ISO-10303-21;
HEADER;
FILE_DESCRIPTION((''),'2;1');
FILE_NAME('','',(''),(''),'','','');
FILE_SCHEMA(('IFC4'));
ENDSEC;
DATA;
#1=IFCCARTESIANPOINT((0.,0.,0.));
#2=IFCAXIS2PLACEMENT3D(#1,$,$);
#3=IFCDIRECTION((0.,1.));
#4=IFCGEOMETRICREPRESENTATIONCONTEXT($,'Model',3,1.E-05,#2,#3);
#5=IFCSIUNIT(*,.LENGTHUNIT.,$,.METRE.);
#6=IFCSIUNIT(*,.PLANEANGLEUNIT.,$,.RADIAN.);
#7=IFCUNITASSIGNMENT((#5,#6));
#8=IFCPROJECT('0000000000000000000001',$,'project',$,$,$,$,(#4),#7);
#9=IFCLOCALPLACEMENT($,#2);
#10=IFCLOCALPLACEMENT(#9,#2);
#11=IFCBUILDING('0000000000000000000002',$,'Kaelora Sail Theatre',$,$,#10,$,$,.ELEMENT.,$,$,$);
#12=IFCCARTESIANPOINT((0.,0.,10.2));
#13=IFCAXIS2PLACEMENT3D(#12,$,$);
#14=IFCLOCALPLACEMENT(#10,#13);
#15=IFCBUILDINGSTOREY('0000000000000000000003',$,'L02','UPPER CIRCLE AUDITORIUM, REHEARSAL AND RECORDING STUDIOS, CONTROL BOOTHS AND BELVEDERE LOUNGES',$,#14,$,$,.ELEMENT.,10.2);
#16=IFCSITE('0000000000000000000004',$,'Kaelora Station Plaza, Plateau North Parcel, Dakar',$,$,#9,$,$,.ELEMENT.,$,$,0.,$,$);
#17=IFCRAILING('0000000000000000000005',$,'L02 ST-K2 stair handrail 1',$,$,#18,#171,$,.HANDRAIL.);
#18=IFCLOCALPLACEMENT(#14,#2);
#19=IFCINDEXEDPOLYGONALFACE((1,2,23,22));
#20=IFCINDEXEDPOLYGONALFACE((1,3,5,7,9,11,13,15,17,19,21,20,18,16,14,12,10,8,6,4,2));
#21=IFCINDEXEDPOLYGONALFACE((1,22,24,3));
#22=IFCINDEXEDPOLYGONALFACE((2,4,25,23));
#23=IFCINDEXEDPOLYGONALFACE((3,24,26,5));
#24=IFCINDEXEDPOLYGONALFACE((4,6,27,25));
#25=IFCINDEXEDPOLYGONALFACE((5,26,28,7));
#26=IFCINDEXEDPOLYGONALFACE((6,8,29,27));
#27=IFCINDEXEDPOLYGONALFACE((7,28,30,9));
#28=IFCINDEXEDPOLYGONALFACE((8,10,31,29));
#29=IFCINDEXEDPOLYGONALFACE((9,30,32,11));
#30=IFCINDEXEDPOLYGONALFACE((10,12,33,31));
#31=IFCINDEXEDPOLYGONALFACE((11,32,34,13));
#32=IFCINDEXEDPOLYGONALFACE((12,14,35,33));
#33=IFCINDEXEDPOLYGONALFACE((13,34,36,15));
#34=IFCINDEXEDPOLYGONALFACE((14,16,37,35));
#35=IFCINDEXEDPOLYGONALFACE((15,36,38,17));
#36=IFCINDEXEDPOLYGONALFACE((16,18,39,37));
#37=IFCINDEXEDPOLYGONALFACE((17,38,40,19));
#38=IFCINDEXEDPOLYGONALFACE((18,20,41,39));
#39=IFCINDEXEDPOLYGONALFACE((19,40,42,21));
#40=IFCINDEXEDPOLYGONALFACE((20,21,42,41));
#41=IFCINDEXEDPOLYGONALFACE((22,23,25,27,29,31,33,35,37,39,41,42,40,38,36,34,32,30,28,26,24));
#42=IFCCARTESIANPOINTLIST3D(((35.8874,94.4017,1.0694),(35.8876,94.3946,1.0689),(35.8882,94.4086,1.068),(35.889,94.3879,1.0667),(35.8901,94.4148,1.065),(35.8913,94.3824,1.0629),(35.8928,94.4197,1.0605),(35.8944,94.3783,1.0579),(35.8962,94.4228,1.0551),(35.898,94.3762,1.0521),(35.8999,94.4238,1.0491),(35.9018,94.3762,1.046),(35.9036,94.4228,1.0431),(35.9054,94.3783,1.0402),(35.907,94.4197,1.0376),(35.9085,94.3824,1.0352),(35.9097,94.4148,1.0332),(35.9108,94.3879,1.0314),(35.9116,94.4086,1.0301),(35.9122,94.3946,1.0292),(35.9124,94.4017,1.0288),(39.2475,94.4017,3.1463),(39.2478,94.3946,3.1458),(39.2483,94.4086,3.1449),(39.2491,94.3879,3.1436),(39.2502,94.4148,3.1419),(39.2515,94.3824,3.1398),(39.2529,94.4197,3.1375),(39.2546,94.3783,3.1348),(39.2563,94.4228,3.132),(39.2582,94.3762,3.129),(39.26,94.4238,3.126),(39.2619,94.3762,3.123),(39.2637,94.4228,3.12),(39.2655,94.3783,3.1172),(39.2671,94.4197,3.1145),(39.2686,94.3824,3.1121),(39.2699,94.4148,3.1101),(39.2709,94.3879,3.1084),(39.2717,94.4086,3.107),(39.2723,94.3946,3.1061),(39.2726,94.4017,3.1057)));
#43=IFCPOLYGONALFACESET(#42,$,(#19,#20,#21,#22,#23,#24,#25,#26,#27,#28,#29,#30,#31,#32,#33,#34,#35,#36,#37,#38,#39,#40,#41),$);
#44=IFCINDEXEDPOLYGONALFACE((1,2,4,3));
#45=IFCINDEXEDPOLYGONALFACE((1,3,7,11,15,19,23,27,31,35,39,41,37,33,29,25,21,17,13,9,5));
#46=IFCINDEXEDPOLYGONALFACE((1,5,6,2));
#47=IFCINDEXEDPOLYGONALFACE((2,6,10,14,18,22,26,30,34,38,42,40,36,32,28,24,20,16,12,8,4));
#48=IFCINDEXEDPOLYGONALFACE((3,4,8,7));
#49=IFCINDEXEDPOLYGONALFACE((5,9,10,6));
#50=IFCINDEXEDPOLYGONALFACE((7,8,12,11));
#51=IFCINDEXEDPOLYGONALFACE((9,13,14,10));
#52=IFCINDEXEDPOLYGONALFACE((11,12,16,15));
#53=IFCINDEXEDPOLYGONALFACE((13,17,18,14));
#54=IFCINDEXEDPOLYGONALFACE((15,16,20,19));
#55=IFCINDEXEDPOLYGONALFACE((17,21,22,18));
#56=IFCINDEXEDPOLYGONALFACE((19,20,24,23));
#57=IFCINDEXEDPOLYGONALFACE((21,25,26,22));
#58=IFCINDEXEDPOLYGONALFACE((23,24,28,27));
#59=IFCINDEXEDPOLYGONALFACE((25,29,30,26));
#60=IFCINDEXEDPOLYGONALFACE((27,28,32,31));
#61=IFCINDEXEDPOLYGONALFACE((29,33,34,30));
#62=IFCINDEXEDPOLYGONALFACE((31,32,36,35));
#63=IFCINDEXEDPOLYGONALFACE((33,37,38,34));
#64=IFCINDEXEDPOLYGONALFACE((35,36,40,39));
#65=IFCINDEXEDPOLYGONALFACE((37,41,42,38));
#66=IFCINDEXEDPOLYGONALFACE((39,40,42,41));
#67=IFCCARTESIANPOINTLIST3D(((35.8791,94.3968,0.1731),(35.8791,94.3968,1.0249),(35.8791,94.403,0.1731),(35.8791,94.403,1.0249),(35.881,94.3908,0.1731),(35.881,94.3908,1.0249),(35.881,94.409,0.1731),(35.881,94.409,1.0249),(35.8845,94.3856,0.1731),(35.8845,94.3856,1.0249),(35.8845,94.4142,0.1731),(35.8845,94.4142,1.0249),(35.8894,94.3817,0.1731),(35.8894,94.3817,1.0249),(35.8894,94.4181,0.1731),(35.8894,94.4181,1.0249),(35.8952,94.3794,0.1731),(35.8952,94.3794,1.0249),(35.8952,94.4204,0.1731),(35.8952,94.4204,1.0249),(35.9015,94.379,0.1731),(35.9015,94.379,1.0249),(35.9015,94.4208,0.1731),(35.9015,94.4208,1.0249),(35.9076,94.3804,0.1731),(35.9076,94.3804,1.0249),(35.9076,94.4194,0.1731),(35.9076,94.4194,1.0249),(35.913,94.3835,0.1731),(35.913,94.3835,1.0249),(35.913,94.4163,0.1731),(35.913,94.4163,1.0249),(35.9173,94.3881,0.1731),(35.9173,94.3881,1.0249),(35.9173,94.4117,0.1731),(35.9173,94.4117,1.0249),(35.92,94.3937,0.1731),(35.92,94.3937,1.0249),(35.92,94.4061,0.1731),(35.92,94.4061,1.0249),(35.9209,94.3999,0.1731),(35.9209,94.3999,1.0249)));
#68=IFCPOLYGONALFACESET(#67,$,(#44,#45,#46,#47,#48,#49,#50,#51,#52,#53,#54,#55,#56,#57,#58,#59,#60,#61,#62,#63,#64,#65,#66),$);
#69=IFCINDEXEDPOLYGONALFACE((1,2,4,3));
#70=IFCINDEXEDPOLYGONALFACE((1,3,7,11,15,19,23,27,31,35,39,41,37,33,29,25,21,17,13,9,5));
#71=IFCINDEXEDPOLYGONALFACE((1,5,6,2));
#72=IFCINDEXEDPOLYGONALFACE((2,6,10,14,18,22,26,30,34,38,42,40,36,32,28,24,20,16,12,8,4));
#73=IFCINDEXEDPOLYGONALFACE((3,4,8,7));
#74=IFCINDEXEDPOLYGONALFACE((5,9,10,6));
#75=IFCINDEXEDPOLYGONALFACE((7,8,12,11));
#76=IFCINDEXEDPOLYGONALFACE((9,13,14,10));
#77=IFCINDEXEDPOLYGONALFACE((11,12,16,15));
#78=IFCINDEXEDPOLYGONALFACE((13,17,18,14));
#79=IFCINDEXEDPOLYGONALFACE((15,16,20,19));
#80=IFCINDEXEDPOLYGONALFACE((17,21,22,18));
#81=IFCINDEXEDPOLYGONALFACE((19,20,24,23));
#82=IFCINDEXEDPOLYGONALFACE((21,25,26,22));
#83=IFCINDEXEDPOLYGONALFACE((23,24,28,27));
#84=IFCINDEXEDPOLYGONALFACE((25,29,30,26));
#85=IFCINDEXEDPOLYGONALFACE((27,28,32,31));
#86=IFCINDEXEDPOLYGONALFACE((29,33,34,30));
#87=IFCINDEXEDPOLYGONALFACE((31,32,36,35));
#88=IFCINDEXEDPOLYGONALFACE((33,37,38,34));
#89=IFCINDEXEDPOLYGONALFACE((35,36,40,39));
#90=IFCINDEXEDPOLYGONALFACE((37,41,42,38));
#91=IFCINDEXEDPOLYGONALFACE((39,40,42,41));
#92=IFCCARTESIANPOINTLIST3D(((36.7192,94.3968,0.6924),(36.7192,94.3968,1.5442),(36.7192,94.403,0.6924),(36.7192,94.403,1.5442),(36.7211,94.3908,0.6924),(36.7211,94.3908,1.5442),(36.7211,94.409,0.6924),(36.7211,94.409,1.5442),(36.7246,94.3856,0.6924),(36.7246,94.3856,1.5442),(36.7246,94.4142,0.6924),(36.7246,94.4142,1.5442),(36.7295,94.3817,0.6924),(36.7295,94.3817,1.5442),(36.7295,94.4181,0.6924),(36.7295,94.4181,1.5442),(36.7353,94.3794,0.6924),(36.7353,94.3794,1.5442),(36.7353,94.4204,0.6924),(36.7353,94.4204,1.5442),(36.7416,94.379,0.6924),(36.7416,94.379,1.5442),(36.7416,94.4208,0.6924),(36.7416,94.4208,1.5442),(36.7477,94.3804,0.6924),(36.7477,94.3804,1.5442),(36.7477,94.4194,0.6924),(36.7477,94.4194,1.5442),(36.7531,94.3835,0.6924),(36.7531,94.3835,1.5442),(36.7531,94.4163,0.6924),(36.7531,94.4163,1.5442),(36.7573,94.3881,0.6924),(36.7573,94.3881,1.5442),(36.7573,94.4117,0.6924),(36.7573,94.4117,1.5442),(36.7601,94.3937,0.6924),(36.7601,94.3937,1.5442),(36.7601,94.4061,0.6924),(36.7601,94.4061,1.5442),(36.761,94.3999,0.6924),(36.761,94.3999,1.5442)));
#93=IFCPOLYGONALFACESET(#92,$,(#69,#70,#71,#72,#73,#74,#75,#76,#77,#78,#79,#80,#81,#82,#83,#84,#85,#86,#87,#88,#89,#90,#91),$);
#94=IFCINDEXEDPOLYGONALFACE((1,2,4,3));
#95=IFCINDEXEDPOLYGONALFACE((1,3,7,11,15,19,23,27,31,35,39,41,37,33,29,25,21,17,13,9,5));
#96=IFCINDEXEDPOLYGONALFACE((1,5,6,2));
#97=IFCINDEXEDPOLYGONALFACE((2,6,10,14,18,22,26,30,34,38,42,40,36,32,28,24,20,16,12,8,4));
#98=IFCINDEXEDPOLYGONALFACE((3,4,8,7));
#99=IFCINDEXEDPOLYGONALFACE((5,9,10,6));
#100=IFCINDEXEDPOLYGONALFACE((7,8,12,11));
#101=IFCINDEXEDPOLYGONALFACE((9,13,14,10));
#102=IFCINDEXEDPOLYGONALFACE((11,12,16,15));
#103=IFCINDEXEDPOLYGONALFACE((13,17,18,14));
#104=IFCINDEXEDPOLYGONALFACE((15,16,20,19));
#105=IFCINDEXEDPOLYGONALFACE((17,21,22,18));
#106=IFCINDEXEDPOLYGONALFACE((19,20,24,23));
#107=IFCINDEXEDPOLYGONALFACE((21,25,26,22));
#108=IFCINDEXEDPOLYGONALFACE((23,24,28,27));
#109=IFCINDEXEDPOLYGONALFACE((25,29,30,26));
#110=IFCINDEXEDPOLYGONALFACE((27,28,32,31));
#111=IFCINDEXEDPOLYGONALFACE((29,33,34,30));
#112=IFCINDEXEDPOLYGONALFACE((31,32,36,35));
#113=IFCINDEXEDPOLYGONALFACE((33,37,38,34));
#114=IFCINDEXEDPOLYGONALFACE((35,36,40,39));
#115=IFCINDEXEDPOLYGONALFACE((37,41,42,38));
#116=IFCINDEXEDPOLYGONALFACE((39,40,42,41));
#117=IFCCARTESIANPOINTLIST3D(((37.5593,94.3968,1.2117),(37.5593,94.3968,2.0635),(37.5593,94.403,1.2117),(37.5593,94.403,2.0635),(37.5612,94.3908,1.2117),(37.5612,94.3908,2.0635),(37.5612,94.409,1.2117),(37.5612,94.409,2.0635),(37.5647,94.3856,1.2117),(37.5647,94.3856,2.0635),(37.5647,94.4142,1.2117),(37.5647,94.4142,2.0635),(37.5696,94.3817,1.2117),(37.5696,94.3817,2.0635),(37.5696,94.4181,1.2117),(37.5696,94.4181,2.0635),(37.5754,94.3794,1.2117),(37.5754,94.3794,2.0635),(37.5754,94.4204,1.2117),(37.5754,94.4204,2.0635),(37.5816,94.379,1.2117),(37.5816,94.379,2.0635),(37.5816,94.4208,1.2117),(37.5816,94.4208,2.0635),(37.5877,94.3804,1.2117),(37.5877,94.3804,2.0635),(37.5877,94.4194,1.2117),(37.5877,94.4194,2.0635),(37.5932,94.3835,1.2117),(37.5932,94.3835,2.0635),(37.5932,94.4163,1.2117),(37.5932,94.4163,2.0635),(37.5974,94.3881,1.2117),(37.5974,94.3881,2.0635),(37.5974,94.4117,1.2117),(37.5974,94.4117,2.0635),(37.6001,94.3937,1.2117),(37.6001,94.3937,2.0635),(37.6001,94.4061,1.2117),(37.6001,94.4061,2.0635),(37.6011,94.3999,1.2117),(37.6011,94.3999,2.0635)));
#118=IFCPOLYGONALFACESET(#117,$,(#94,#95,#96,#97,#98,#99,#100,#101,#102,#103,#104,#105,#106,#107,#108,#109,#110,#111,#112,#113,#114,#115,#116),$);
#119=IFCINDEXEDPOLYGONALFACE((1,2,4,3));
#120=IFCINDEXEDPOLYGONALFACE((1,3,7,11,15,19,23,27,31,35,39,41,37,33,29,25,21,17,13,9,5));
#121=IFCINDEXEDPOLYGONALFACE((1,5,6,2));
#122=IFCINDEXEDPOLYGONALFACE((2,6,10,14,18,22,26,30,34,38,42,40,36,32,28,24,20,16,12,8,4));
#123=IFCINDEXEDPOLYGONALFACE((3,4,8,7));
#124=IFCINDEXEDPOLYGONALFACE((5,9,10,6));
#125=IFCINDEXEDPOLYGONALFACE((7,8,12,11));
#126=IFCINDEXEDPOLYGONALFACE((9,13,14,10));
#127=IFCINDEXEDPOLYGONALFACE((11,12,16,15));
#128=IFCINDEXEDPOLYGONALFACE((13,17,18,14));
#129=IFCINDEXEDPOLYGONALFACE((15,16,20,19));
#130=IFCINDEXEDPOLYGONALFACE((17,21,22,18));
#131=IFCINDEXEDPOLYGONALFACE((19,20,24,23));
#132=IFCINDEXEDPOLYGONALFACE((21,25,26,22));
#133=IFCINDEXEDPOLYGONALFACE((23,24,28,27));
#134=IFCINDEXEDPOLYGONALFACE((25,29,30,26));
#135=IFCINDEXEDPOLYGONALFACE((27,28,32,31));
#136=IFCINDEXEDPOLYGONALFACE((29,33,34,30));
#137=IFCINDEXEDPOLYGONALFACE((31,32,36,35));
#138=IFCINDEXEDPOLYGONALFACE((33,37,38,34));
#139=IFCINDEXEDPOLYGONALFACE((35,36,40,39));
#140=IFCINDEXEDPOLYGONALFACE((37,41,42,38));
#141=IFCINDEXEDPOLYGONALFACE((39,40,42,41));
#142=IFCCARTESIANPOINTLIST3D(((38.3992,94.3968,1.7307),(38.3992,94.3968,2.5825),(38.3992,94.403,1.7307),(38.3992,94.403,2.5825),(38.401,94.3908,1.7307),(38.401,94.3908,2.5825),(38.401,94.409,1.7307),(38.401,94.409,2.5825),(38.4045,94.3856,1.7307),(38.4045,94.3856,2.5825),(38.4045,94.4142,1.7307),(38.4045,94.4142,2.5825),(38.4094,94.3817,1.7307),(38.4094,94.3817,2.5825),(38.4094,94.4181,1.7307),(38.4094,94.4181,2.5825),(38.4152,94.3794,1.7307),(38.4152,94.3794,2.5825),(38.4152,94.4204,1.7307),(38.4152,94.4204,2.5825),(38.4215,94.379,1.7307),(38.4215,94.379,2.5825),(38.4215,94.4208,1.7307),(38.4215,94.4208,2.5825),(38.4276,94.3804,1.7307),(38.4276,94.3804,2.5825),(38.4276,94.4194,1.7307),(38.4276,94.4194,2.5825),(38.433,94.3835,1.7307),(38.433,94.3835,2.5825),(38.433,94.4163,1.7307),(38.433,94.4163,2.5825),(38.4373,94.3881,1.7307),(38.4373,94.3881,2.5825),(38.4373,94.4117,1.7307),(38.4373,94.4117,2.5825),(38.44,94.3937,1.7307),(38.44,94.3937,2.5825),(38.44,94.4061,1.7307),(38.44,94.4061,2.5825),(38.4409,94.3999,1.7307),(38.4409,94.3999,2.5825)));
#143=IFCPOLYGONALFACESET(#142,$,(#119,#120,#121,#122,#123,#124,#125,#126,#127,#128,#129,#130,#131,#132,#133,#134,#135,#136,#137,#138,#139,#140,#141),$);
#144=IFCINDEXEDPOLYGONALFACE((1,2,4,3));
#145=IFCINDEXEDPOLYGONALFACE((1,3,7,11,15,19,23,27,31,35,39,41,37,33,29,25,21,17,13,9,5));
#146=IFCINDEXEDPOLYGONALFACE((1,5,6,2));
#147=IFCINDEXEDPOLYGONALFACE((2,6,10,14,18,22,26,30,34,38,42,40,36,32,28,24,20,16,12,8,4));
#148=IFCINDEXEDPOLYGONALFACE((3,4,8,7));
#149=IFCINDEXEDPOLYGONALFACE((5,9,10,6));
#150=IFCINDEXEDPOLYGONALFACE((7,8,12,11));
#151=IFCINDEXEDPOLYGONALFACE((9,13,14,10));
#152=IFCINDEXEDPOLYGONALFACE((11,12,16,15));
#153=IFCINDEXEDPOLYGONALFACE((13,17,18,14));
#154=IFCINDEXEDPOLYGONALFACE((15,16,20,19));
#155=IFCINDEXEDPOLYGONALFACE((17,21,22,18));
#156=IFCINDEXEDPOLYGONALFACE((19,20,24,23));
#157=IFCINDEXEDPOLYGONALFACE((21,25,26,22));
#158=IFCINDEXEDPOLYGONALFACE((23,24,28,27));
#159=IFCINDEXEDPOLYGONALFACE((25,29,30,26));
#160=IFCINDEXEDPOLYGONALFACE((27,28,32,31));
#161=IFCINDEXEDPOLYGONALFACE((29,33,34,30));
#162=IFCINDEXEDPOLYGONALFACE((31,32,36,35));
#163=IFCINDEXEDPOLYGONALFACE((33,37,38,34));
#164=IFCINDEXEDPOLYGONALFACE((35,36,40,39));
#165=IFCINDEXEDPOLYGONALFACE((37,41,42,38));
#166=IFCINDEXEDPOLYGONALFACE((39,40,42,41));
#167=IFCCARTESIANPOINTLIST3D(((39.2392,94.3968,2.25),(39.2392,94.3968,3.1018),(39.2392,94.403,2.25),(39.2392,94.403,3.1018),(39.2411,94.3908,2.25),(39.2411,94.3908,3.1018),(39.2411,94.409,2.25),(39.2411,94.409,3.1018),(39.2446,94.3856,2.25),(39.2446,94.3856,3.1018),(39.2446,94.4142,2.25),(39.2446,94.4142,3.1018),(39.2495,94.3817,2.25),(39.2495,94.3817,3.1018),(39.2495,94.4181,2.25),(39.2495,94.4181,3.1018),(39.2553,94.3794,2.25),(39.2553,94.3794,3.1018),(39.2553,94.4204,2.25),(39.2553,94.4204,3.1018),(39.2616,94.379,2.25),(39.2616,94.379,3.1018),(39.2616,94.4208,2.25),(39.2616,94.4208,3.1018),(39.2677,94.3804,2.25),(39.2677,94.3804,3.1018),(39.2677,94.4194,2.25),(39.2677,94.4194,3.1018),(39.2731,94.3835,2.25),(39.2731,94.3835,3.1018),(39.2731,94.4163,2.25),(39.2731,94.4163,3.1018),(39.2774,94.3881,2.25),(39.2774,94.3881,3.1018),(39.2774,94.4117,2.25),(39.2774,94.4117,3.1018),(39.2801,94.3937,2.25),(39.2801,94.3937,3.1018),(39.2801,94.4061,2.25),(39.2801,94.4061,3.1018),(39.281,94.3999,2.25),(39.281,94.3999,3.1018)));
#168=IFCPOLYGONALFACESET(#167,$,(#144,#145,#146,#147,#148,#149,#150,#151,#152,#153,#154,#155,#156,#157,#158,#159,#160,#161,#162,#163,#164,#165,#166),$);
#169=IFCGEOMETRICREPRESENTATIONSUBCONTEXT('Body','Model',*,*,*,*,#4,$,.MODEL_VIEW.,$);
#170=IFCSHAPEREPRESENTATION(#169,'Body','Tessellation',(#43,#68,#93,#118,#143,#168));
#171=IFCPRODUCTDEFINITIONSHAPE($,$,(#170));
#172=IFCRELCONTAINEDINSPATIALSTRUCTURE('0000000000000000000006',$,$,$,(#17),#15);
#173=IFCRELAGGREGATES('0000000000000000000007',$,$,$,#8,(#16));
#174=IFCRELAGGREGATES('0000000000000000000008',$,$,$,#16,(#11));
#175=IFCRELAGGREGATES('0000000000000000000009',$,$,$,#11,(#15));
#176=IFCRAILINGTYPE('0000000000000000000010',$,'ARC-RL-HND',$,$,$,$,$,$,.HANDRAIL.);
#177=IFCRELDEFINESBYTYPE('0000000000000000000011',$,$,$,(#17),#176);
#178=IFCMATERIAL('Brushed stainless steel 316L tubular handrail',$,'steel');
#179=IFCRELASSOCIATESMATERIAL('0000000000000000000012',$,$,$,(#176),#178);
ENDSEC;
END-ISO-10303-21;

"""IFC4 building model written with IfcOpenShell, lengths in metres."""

from ifc_helpers import new_model, si_unit, direction, frame, origin, origin_2d, place, context, subcontext, project, spatial, circle, extrude, material, type_object, element, save


model = new_model("IFC4")

# Units and contexts
model_context = context("Model", 3, precision=1e-05, world=origin(), true_north=direction((0.0, 1.0)))
body_context = subcontext(model_context, "Body", "Model", "MODEL_VIEW")
ifc_project = project(units=[si_unit("LENGTHUNIT", "METRE"), si_unit("PLANEANGLEUNIT", "RADIAN")], contexts=[model_context])

# Site, building, storey
site_placement = place(None, origin())
site = spatial("IfcSite", under=ifc_project, at=site_placement, Name="Kaelora Station Plaza, Plateau North Parcel, Dakar", CompositionType="ELEMENT", RefElevation=0.0)
building_placement = place(site_placement, origin())
building = spatial("IfcBuilding", under=site, at=building_placement, Name="Kaelora Sail Theatre", CompositionType="ELEMENT")
storey_placement = place(building_placement, frame((0.0, 0.0, 10.2)))
storey = spatial("IfcBuildingStorey", under=building, at=storey_placement, Name="L02", Description="UPPER CIRCLE AUDITORIUM, REHEARSAL AND RECORDING STUDIOS, CONTROL BOOTHS AND BELVEDERE LOUNGES", CompositionType="ELEMENT", Elevation=10.2)

# Railing
ifc_material_1 = material(Name="Brushed stainless steel 316L tubular handrail", Category="steel")
railing_type_1 = type_object("IfcRailingType", Name="ARC-RL-HND", PredefinedType="HANDRAIL", material=ifc_material_1)
railing_1_placement = place(storey_placement, frame((35.8999, 94.3999, 0.1731)))
element("IfcRailing", 1, at=railing_1_placement, inside=storey, type_object=railing_type_1, Name="L02 ST-K2 stair handrail 1", PredefinedType="HANDRAIL", context=body_context, shape_type="SweptSolid", body=[
    extrude(circle(Radius=0.0239, at=origin_2d()), frame((0.0, 0.0, 0.876), z_axis=(0.850623, 0.0, 0.525776), x_axis=(0.0, 1.0, 0.0)), (0.0, 0.0, 1.0), 3.9502),
    extrude(circle(Radius=0.021, at=origin_2d()), origin(), (0.0, 0.0, 1.0), 0.8518),
    extrude(circle(Radius=0.021, at=origin_2d()), frame((0.8401, 0.0, 0.5193)), (0.0, 0.0, 1.0), 0.8518),
    extrude(circle(Radius=0.021, at=origin_2d()), frame((1.6802, 0.0, 1.0386)), (0.0, 0.0, 1.0), 0.8518),
    extrude(circle(Radius=0.021, at=origin_2d()), frame((2.52, 0.0, 1.5576)), (0.0, 0.0, 1.0), 0.8518),
    extrude(circle(Radius=0.021, at=origin_2d()), frame((3.3601, 0.0, 2.0769)), (0.0, 0.0, 1.0), 0.8518),
])

save(model, "model.ifc")
